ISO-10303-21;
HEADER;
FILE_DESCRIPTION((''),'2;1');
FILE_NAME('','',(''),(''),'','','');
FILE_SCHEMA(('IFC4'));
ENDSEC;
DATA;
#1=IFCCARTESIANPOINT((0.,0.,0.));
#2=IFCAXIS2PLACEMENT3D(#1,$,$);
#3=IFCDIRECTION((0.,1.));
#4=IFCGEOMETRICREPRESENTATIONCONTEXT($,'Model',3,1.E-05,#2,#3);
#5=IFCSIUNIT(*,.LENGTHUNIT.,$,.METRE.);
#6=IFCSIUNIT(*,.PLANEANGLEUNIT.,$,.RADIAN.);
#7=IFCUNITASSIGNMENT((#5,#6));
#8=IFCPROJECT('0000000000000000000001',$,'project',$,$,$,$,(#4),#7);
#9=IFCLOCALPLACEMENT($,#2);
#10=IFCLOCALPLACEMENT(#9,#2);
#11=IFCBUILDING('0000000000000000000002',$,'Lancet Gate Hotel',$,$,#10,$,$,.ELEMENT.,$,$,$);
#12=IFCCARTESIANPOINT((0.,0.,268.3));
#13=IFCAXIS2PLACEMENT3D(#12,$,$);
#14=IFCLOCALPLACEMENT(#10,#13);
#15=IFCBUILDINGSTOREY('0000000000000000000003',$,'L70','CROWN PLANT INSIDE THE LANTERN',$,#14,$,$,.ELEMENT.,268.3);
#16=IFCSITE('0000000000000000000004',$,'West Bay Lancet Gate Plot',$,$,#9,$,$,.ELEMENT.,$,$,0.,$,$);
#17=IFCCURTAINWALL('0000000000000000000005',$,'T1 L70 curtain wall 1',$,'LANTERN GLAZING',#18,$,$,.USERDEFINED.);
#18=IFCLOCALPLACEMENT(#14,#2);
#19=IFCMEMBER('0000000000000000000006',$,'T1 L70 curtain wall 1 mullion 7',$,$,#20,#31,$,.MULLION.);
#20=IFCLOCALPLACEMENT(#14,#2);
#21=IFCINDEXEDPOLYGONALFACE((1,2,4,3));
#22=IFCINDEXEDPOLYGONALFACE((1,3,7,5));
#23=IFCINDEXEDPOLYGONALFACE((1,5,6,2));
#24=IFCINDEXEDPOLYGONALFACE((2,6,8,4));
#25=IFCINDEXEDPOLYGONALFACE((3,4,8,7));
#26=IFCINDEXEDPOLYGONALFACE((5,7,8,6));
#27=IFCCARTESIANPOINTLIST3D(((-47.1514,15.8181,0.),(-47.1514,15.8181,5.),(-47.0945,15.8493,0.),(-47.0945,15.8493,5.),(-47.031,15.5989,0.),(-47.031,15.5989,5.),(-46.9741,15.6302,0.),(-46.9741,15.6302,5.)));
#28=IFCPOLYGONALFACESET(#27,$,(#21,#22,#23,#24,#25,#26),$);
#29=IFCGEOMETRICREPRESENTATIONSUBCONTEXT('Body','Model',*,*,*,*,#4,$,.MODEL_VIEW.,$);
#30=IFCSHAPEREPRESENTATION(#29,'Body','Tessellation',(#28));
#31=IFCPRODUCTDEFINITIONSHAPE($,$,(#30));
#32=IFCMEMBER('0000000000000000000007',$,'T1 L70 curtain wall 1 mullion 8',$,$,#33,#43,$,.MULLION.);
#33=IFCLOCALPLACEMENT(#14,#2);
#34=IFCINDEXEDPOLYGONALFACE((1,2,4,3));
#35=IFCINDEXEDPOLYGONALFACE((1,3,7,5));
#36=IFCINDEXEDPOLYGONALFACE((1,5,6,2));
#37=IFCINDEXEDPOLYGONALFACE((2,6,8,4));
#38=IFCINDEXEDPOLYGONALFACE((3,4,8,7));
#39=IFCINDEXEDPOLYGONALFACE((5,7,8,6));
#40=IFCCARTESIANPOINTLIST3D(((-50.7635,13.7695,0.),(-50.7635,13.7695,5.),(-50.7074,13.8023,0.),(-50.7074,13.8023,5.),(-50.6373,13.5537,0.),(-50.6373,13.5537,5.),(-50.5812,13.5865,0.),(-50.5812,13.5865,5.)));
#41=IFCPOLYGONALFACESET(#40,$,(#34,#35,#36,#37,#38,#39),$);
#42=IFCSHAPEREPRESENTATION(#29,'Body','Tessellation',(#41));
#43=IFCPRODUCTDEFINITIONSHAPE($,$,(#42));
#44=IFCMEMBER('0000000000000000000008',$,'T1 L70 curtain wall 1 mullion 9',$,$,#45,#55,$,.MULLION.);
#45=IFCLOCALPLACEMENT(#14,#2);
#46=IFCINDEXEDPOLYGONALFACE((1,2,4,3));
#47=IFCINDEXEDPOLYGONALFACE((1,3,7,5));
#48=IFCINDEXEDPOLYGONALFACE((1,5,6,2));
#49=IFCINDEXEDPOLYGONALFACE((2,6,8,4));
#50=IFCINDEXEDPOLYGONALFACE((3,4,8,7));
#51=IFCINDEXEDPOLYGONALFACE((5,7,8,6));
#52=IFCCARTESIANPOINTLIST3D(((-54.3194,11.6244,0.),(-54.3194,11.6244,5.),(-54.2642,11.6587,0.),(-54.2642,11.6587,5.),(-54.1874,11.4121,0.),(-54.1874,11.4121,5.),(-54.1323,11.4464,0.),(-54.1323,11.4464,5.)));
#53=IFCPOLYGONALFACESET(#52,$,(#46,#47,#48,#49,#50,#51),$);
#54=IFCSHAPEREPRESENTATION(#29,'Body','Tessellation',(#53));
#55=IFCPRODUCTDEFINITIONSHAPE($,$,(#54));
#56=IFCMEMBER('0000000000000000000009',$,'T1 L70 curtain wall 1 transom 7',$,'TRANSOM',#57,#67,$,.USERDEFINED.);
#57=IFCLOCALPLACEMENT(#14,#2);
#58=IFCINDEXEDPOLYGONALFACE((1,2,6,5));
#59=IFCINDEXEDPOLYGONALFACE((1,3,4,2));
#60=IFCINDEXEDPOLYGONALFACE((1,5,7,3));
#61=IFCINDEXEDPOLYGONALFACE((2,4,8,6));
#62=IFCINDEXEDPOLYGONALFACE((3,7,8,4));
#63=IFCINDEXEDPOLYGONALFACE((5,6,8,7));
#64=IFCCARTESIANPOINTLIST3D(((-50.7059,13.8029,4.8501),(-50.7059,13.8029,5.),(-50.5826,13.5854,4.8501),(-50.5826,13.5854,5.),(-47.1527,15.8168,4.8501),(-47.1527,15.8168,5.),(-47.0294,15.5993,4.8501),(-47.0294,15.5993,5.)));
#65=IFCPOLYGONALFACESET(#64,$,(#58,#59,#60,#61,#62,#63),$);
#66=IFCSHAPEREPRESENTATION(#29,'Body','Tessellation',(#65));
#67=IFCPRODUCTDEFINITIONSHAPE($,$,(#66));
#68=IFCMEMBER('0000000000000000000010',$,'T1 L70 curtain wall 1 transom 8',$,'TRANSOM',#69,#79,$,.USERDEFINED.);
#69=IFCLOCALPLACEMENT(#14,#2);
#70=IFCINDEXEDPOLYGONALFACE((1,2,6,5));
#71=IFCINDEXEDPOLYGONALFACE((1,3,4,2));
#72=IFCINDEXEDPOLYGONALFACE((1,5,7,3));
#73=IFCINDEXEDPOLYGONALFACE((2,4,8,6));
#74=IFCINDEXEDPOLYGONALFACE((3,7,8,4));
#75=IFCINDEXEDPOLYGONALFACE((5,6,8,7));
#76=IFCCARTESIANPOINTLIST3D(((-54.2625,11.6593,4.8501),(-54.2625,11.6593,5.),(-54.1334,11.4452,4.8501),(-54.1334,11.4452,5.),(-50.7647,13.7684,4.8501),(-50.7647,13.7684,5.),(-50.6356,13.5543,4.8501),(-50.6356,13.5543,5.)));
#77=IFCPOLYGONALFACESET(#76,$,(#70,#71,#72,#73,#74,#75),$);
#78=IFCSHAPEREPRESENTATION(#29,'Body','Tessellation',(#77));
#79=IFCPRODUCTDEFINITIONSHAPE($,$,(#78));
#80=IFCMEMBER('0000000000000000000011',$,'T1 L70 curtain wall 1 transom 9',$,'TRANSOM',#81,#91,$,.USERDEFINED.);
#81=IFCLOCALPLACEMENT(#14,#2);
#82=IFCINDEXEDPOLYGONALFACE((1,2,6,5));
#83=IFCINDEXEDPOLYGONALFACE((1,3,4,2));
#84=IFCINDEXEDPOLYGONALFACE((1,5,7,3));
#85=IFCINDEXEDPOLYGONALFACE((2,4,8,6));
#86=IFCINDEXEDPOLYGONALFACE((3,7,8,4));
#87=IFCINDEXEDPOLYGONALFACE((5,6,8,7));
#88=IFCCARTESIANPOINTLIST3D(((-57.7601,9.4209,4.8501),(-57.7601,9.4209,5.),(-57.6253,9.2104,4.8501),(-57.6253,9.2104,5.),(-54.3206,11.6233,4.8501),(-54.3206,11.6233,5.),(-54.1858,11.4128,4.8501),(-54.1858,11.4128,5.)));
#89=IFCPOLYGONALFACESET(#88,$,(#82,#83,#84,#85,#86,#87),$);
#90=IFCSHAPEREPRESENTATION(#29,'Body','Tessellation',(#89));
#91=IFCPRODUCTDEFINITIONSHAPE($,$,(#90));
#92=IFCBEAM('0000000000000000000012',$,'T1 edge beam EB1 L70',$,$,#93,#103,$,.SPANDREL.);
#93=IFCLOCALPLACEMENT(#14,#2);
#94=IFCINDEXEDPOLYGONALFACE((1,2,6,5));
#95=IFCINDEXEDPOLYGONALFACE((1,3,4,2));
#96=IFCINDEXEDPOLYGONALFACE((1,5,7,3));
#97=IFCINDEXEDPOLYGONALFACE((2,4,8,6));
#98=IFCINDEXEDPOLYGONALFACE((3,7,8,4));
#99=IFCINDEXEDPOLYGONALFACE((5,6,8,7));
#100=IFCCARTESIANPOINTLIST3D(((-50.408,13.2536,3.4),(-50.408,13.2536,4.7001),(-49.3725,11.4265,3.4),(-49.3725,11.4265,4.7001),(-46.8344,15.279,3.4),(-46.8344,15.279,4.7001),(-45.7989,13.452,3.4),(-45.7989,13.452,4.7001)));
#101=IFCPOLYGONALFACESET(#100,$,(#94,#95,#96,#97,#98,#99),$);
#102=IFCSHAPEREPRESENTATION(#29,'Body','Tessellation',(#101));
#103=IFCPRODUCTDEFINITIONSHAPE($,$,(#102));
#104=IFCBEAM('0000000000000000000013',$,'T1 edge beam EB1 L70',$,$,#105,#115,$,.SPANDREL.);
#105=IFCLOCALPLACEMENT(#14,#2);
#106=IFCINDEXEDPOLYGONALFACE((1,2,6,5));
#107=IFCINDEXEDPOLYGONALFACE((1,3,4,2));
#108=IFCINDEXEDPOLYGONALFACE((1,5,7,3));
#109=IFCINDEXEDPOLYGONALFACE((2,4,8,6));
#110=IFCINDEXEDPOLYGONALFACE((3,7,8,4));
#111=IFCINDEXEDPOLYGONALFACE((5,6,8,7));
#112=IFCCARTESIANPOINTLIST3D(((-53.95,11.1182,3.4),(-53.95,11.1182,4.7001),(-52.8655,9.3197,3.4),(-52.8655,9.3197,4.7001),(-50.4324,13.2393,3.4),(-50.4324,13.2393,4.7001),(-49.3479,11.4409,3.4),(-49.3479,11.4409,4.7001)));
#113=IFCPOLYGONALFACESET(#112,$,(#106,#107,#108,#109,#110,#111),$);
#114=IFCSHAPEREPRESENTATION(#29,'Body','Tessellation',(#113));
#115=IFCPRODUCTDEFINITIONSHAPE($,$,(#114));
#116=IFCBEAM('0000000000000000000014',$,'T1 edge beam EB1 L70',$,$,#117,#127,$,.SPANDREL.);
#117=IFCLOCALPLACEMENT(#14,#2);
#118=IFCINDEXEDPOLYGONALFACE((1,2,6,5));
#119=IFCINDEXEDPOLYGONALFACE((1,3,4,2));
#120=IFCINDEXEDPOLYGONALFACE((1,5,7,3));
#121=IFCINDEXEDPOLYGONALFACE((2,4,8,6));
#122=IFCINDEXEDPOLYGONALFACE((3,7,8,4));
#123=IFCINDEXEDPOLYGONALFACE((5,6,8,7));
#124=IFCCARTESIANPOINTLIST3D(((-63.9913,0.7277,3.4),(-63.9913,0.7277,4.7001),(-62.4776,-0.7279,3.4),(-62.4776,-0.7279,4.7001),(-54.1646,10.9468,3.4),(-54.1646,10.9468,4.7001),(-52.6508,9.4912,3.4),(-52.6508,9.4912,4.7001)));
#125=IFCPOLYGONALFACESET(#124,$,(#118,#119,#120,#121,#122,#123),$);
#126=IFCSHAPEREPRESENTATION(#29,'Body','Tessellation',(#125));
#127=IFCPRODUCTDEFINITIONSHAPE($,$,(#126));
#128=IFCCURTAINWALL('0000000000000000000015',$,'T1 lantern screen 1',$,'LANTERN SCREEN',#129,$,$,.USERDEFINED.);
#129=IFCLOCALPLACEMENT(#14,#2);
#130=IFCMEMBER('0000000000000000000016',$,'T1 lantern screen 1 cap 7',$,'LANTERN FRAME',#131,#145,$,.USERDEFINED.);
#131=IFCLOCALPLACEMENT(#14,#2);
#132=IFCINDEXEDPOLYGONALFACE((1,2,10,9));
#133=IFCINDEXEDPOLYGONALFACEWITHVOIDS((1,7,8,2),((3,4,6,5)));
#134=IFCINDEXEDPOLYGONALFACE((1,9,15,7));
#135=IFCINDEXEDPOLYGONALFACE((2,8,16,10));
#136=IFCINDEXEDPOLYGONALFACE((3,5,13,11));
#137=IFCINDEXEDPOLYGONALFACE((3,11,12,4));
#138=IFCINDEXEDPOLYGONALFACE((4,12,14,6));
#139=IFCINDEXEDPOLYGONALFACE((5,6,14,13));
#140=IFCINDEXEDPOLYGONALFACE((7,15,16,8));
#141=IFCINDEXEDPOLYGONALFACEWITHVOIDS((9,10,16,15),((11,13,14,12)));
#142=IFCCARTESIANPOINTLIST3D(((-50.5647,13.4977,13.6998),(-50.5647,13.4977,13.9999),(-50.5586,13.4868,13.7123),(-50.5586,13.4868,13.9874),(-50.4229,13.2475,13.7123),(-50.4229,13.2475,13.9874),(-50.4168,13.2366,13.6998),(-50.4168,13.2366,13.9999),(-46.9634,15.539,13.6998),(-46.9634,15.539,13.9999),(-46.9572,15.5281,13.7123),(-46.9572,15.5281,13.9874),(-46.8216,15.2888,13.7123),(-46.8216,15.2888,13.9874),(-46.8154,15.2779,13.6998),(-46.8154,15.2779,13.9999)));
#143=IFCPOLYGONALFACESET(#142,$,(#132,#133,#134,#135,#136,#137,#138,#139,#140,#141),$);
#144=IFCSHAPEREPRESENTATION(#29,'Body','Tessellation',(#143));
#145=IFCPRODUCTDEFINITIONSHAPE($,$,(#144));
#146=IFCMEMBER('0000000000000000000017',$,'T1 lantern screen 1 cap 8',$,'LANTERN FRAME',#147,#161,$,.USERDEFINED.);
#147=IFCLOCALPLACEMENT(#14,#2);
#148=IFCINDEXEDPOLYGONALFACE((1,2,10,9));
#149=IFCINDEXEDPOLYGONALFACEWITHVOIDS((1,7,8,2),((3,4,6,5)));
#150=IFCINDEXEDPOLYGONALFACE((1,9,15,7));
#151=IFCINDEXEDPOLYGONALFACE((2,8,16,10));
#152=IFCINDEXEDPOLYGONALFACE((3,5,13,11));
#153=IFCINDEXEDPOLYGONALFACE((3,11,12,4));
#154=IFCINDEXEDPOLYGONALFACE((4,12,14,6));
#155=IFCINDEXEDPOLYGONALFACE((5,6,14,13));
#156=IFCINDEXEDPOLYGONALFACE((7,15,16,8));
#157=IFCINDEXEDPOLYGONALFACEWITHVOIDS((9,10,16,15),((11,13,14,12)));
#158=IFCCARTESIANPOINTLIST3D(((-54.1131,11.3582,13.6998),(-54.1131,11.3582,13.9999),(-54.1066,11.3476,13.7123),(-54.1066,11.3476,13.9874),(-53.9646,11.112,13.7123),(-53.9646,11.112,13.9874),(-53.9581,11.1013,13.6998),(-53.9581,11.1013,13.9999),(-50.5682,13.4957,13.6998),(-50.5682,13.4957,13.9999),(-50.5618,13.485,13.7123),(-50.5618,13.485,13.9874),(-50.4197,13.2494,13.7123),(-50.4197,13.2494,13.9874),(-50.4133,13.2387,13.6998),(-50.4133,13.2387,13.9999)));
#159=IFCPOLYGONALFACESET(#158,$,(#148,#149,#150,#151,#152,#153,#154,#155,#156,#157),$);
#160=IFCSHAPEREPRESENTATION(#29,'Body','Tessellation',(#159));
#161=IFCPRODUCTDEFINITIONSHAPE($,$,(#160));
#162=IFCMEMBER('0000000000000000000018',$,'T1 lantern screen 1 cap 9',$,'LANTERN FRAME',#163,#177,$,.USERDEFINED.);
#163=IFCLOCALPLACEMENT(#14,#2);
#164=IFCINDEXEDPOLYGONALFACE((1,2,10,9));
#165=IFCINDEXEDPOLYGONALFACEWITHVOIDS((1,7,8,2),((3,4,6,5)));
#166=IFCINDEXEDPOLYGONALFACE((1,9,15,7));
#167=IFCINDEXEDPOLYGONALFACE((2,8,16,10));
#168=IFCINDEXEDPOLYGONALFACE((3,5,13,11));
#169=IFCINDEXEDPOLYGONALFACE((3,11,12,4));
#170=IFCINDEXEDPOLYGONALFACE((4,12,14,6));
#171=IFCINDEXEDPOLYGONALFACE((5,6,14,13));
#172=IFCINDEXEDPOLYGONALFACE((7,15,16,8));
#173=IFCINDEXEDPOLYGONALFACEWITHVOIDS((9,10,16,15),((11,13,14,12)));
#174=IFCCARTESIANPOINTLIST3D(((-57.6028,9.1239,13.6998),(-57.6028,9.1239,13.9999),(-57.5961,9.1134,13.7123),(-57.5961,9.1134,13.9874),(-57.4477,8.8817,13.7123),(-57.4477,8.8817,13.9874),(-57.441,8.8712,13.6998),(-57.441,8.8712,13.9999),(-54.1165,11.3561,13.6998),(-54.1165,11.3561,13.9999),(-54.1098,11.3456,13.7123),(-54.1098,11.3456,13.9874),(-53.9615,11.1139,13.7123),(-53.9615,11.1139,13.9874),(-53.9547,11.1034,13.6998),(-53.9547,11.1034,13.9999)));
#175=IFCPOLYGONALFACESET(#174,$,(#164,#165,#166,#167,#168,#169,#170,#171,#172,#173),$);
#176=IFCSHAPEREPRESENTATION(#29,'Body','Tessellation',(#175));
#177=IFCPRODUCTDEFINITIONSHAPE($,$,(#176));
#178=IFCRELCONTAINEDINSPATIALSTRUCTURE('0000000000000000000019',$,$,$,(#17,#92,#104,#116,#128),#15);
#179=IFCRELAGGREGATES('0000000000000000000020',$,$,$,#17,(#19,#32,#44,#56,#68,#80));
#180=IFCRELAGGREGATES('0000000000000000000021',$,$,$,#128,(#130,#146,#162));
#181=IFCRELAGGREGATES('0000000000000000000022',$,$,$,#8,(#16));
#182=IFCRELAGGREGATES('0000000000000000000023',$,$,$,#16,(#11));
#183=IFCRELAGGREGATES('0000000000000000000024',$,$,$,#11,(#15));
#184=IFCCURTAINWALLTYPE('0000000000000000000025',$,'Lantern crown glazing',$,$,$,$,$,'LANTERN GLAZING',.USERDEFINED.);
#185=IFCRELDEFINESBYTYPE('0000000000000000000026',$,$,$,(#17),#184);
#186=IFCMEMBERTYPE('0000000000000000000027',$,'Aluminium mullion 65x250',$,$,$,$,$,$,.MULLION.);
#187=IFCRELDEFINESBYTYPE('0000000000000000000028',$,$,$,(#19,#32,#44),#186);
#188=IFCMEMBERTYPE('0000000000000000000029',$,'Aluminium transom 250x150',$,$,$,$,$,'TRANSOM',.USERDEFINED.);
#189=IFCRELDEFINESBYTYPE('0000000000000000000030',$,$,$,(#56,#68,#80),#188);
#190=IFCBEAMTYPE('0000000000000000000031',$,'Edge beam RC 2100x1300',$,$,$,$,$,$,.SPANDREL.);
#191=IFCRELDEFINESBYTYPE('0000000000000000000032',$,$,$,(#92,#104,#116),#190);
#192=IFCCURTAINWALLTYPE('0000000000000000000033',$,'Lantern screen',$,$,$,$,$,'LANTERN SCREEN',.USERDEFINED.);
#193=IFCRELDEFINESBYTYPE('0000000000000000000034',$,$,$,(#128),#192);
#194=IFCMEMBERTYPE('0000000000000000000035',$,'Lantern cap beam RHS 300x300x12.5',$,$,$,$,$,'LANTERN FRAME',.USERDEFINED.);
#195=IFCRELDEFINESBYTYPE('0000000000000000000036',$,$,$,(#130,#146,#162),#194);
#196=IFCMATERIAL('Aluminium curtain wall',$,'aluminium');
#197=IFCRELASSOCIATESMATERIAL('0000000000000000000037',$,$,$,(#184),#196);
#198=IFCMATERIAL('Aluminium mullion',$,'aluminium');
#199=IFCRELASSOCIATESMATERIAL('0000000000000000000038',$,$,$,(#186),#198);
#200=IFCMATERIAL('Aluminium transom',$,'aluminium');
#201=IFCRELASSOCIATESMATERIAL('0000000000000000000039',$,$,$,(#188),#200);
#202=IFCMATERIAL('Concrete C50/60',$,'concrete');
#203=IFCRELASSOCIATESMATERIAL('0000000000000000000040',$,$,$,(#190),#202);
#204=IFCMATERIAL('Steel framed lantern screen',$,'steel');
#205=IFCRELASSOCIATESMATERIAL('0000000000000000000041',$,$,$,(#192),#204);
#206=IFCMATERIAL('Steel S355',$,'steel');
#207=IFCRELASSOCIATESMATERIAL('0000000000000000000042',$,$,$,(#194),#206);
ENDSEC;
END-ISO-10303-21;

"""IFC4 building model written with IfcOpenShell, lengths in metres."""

from ifc_helpers import new_model, si_unit, direction, frame, origin, origin_2d, place, context, subcontext, project, spatial, rectangle, hollow_rectangle, extrude, material, material_profile, profile_set, type_object, element, aggregate, save


model = new_model("IFC4")

# Units and contexts
model_context = context("Model", 3, precision=1e-05, world=origin(), true_north=direction((0.0, 1.0)))
body_context = subcontext(model_context, "Body", "Model", "MODEL_VIEW")
ifc_project = project(units=[si_unit("LENGTHUNIT", "METRE"), si_unit("PLANEANGLEUNIT", "RADIAN")], contexts=[model_context])

# Site, building, storey
site_placement = place(None, origin())
site = spatial("IfcSite", under=ifc_project, at=site_placement, Name="West Bay Lancet Gate Plot", CompositionType="ELEMENT", RefElevation=0.0)
building_placement = place(site_placement, origin())
building = spatial("IfcBuilding", under=site, at=building_placement, Name="Lancet Gate Hotel", CompositionType="ELEMENT")
storey_placement = place(building_placement, frame((0.0, 0.0, 268.3)))
storey = spatial("IfcBuildingStorey", under=building, at=storey_placement, Name="L70", Description="CROWN PLANT INSIDE THE LANTERN", CompositionType="ELEMENT", Elevation=268.3)

# Curtain wall, members
ifc_material_1 = material(Name="Aluminium curtain wall", Category="aluminium")
curtain_wall_type_1 = type_object("IfcCurtainWallType", Name="Lantern crown glazing", ElementType="LANTERN GLAZING", PredefinedType="USERDEFINED", material=ifc_material_1)
curtain_wall_1_placement = place(storey_placement, origin())
curtain_wall_1 = element("IfcCurtainWall", 1, at=curtain_wall_1_placement, inside=storey, type_object=curtain_wall_type_1, Name="T1 L70 curtain wall 1", ObjectType="LANTERN GLAZING", PredefinedType="USERDEFINED")
ifc_material_2 = material(Name="Aluminium mullion", Category="aluminium")
ifc_material_profile_1 = material_profile(ifc_material_2, rectangle(XDim=0.0649, YDim=0.25, at=origin_2d()), Name="MULLION 65x250")
ifc_profile_set_1 = profile_set([ifc_material_profile_1], Name="Aluminium mullion")
member_type_1 = type_object("IfcMemberType", Name="Aluminium mullion 65x250", PredefinedType="MULLION", material=ifc_profile_set_1)
member_1_placement = place(storey_placement, frame((-47.0627, 15.7241, 0.0), z_axis=(0.0, 0.0, 1.0), x_axis=(-0.876516, -0.481372, 0.0)))
member_1 = element("IfcMember", 2, at=member_1_placement, type_object=member_type_1, Name="T1 L70 curtain wall 1 mullion 7", PredefinedType="MULLION", context=body_context, shape_type="SweptSolid", body=[
    extrude(rectangle(XDim=0.0649, YDim=0.25, at=origin_2d()), origin(), (0.0, 0.0, 1.0), 5.0),
])
member_2_placement = place(storey_placement, frame((-50.6724, 13.678, 0.0), z_axis=(0.0, 0.0, 1.0), x_axis=(-0.863242, -0.50479, 0.0)))
member_2 = element("IfcMember", 3, at=member_2_placement, type_object=member_type_1, Name="T1 L70 curtain wall 1 mullion 8", PredefinedType="MULLION", context=body_context, shape_type="SweptSolid", body=[
    extrude(rectangle(XDim=0.0649, YDim=0.25, at=origin_2d()), origin(), (0.0, 0.0, 1.0), 5.0),
])
member_3_placement = place(storey_placement, frame((-54.2258, 11.5354, 0.0), z_axis=(0.0, 0.0, 1.0), x_axis=(-0.849342, -0.527842, 0.0)))
member_3 = element("IfcMember", 4, at=member_3_placement, type_object=member_type_1, Name="T1 L70 curtain wall 1 mullion 9", PredefinedType="MULLION", context=body_context, shape_type="SweptSolid", body=[
    extrude(rectangle(XDim=0.0649, YDim=0.25, at=origin_2d()), origin(), (0.0, 0.0, 1.0), 5.0),
])
ifc_material_3 = material(Name="Aluminium transom", Category="aluminium")
ifc_material_profile_2 = material_profile(ifc_material_3, rectangle(XDim=0.25, YDim=0.1499, at=origin_2d()), Name="TRANSOM 250x150")
ifc_profile_set_2 = profile_set([ifc_material_profile_2], Name="Aluminium transom")
member_type_2 = type_object("IfcMemberType", Name="Aluminium transom 250x150", ElementType="TRANSOM", PredefinedType="USERDEFINED", material=ifc_profile_set_2)
member_4_placement = place(storey_placement, frame((-47.0911, 15.708, 4.925), z_axis=(-0.869978, -0.493091, 0.0), x_axis=(0.493091, -0.869978, 0.0)))
member_4 = element("IfcMember", 5, at=member_4_placement, type_object=member_type_2, Name="T1 L70 curtain wall 1 transom 7", ObjectType="TRANSOM", PredefinedType="USERDEFINED", context=body_context, shape_type="SweptSolid", body=[
    extrude(rectangle(XDim=0.25, YDim=0.1499, at=origin_2d()), origin(), (0.0, 0.0, 1.0), 4.0842),
])
member_5_placement = place(storey_placement, frame((-50.7002, 13.6614, 4.925), z_axis=(-0.856362, -0.516376, 0.0), x_axis=(0.516376, -0.856362, 0.0)))
member_5 = element("IfcMember", 6, at=member_5_placement, type_object=member_type_2, Name="T1 L70 curtain wall 1 transom 8", ObjectType="TRANSOM", PredefinedType="USERDEFINED", context=body_context, shape_type="SweptSolid", body=[
    extrude(rectangle(XDim=0.25, YDim=0.1499, at=origin_2d()), origin(), (0.0, 0.0, 1.0), 4.0845),
])
member_6_placement = place(storey_placement, frame((-54.2532, 11.5181, 4.925), z_axis=(-0.842144, -0.539252, 0.0), x_axis=(0.539252, -0.842144, 0.0)))
member_6 = element("IfcMember", 7, at=member_6_placement, type_object=member_type_2, Name="T1 L70 curtain wall 1 transom 9", ObjectType="TRANSOM", PredefinedType="USERDEFINED", context=body_context, shape_type="SweptSolid", body=[
    extrude(rectangle(XDim=0.25, YDim=0.1499, at=origin_2d()), origin(), (0.0, 0.0, 1.0), 4.0842),
])

# Beams
ifc_material_4 = material(Name="Concrete C50/60", Category="concrete")
ifc_material_profile_3 = material_profile(ifc_material_4, rectangle(XDim=2.1001, YDim=1.3, at=origin_2d()), Name="RC 2100x1300")
ifc_profile_set_3 = profile_set([ifc_material_profile_3], Name="Concrete C50/60")
beam_type = type_object("IfcBeamType", Name="Edge beam RC 2100x1300", PredefinedType="SPANDREL", material=ifc_profile_set_3)
for number, where, z_axis, x_axis, name in (
    (8, (-46.3167, 14.3655, 4.05), (-0.869979, -0.493089, 0.0), (0.493089, -0.869979, 0.0), "T1 edge beam EB1 L70"),
    (9, (-49.8901, 12.3401, 4.05), (-0.856358, -0.516382, 0.0), (0.516382, -0.856358, 0.0), "T1 edge beam EB1 L70"),
):
    element("IfcBeam", number, at=place(storey_placement, frame(where, z_axis=z_axis, x_axis=x_axis)), inside=storey, type_object=beam_type, Name=name, PredefinedType="SPANDREL", context=body_context, shape_type="SweptSolid", body=[
        extrude(rectangle(XDim=2.1001, YDim=1.3, at=origin_2d()), origin(), (0.0, 0.0, 1.0), 4.1077),
    ])
beam_placement = place(storey_placement, frame((-53.4077, 10.219, 4.05), z_axis=(-0.693135, -0.720808, 0.0), x_axis=(0.720808, -0.693135, 0.0)))
element("IfcBeam", 10, at=beam_placement, inside=storey, type_object=beam_type, Name="T1 edge beam EB1 L70", PredefinedType="SPANDREL", context=body_context, shape_type="SweptSolid", body=[
    extrude(rectangle(XDim=2.1001, YDim=1.3, at=origin_2d()), origin(), (0.0, 0.0, 1.0), 14.1772),
])

# Curtain wall, members
ifc_material_5 = material(Name="Steel framed lantern screen", Category="steel")
curtain_wall_type_2 = type_object("IfcCurtainWallType", Name="Lantern screen", ElementType="LANTERN SCREEN", PredefinedType="USERDEFINED", material=ifc_material_5)
curtain_wall_2_placement = place(storey_placement, origin())
curtain_wall_2 = element("IfcCurtainWall", 11, at=curtain_wall_2_placement, inside=storey, type_object=curtain_wall_type_2, Name="T1 lantern screen 1", ObjectType="LANTERN SCREEN", PredefinedType="USERDEFINED")
ifc_material_6 = material(Name="Steel S355", Category="steel")
ifc_material_profile_4 = material_profile(ifc_material_6, hollow_rectangle(XDim=0.3, YDim=0.3, WallThickness=0.0125, at=origin_2d()), Name="RHS 300x300x12.5")
ifc_profile_set_4 = profile_set([ifc_material_profile_4], Name="Steel S355")
member_type_3 = type_object("IfcMemberType", Name="Lantern cap beam RHS 300x300x12.5", ElementType="LANTERN FRAME", PredefinedType="USERDEFINED", material=ifc_profile_set_4)
member_7_placement = place(storey_placement, frame((-46.8894, 15.4084, 13.8499), z_axis=(-0.869969, -0.493106, 0.0), x_axis=(0.493106, -0.869969, 0.0)))
member_7 = element("IfcMember", 12, at=member_7_placement, type_object=member_type_3, Name="T1 lantern screen 1 cap 7", ObjectType="LANTERN FRAME", PredefinedType="USERDEFINED", context=body_context, shape_type="SweptSolid", body=[
    extrude(hollow_rectangle(XDim=0.3, YDim=0.3, WallThickness=0.0125, at=origin_2d()), origin(), (0.0, 0.0, 1.0), 4.1396),
])
member_8_placement = place(storey_placement, frame((-50.4907, 13.3672, 13.8499), z_axis=(-0.856372, -0.516359, 0.0), x_axis=(0.516359, -0.856372, 0.0)))
member_8 = element("IfcMember", 13, at=member_8_placement, type_object=member_type_3, Name="T1 lantern screen 1 cap 8", ObjectType="LANTERN FRAME", PredefinedType="USERDEFINED", context=body_context, shape_type="SweptSolid", body=[
    extrude(hollow_rectangle(XDim=0.3, YDim=0.3, WallThickness=0.0125, at=origin_2d()), origin(), (0.0, 0.0, 1.0), 4.1394),
])
member_9_placement = place(storey_placement, frame((-54.0356, 11.2297, 13.8499), z_axis=(-0.84217, -0.539213, 0.0), x_axis=(0.539213, -0.84217, 0.0)))
member_9 = element("IfcMember", 14, at=member_9_placement, type_object=member_type_3, Name="T1 lantern screen 1 cap 9", ObjectType="LANTERN FRAME", PredefinedType="USERDEFINED", context=body_context, shape_type="SweptSolid", body=[
    extrude(hollow_rectangle(XDim=0.3, YDim=0.3, WallThickness=0.0125, at=origin_2d()), origin(), (0.0, 0.0, 1.0), 4.1396),
])

aggregate(curtain_wall_1, [member_1, member_2, member_3, member_4, member_5, member_6])
aggregate(curtain_wall_2, [member_7, member_8, member_9])

save(model, "model.ifc")
